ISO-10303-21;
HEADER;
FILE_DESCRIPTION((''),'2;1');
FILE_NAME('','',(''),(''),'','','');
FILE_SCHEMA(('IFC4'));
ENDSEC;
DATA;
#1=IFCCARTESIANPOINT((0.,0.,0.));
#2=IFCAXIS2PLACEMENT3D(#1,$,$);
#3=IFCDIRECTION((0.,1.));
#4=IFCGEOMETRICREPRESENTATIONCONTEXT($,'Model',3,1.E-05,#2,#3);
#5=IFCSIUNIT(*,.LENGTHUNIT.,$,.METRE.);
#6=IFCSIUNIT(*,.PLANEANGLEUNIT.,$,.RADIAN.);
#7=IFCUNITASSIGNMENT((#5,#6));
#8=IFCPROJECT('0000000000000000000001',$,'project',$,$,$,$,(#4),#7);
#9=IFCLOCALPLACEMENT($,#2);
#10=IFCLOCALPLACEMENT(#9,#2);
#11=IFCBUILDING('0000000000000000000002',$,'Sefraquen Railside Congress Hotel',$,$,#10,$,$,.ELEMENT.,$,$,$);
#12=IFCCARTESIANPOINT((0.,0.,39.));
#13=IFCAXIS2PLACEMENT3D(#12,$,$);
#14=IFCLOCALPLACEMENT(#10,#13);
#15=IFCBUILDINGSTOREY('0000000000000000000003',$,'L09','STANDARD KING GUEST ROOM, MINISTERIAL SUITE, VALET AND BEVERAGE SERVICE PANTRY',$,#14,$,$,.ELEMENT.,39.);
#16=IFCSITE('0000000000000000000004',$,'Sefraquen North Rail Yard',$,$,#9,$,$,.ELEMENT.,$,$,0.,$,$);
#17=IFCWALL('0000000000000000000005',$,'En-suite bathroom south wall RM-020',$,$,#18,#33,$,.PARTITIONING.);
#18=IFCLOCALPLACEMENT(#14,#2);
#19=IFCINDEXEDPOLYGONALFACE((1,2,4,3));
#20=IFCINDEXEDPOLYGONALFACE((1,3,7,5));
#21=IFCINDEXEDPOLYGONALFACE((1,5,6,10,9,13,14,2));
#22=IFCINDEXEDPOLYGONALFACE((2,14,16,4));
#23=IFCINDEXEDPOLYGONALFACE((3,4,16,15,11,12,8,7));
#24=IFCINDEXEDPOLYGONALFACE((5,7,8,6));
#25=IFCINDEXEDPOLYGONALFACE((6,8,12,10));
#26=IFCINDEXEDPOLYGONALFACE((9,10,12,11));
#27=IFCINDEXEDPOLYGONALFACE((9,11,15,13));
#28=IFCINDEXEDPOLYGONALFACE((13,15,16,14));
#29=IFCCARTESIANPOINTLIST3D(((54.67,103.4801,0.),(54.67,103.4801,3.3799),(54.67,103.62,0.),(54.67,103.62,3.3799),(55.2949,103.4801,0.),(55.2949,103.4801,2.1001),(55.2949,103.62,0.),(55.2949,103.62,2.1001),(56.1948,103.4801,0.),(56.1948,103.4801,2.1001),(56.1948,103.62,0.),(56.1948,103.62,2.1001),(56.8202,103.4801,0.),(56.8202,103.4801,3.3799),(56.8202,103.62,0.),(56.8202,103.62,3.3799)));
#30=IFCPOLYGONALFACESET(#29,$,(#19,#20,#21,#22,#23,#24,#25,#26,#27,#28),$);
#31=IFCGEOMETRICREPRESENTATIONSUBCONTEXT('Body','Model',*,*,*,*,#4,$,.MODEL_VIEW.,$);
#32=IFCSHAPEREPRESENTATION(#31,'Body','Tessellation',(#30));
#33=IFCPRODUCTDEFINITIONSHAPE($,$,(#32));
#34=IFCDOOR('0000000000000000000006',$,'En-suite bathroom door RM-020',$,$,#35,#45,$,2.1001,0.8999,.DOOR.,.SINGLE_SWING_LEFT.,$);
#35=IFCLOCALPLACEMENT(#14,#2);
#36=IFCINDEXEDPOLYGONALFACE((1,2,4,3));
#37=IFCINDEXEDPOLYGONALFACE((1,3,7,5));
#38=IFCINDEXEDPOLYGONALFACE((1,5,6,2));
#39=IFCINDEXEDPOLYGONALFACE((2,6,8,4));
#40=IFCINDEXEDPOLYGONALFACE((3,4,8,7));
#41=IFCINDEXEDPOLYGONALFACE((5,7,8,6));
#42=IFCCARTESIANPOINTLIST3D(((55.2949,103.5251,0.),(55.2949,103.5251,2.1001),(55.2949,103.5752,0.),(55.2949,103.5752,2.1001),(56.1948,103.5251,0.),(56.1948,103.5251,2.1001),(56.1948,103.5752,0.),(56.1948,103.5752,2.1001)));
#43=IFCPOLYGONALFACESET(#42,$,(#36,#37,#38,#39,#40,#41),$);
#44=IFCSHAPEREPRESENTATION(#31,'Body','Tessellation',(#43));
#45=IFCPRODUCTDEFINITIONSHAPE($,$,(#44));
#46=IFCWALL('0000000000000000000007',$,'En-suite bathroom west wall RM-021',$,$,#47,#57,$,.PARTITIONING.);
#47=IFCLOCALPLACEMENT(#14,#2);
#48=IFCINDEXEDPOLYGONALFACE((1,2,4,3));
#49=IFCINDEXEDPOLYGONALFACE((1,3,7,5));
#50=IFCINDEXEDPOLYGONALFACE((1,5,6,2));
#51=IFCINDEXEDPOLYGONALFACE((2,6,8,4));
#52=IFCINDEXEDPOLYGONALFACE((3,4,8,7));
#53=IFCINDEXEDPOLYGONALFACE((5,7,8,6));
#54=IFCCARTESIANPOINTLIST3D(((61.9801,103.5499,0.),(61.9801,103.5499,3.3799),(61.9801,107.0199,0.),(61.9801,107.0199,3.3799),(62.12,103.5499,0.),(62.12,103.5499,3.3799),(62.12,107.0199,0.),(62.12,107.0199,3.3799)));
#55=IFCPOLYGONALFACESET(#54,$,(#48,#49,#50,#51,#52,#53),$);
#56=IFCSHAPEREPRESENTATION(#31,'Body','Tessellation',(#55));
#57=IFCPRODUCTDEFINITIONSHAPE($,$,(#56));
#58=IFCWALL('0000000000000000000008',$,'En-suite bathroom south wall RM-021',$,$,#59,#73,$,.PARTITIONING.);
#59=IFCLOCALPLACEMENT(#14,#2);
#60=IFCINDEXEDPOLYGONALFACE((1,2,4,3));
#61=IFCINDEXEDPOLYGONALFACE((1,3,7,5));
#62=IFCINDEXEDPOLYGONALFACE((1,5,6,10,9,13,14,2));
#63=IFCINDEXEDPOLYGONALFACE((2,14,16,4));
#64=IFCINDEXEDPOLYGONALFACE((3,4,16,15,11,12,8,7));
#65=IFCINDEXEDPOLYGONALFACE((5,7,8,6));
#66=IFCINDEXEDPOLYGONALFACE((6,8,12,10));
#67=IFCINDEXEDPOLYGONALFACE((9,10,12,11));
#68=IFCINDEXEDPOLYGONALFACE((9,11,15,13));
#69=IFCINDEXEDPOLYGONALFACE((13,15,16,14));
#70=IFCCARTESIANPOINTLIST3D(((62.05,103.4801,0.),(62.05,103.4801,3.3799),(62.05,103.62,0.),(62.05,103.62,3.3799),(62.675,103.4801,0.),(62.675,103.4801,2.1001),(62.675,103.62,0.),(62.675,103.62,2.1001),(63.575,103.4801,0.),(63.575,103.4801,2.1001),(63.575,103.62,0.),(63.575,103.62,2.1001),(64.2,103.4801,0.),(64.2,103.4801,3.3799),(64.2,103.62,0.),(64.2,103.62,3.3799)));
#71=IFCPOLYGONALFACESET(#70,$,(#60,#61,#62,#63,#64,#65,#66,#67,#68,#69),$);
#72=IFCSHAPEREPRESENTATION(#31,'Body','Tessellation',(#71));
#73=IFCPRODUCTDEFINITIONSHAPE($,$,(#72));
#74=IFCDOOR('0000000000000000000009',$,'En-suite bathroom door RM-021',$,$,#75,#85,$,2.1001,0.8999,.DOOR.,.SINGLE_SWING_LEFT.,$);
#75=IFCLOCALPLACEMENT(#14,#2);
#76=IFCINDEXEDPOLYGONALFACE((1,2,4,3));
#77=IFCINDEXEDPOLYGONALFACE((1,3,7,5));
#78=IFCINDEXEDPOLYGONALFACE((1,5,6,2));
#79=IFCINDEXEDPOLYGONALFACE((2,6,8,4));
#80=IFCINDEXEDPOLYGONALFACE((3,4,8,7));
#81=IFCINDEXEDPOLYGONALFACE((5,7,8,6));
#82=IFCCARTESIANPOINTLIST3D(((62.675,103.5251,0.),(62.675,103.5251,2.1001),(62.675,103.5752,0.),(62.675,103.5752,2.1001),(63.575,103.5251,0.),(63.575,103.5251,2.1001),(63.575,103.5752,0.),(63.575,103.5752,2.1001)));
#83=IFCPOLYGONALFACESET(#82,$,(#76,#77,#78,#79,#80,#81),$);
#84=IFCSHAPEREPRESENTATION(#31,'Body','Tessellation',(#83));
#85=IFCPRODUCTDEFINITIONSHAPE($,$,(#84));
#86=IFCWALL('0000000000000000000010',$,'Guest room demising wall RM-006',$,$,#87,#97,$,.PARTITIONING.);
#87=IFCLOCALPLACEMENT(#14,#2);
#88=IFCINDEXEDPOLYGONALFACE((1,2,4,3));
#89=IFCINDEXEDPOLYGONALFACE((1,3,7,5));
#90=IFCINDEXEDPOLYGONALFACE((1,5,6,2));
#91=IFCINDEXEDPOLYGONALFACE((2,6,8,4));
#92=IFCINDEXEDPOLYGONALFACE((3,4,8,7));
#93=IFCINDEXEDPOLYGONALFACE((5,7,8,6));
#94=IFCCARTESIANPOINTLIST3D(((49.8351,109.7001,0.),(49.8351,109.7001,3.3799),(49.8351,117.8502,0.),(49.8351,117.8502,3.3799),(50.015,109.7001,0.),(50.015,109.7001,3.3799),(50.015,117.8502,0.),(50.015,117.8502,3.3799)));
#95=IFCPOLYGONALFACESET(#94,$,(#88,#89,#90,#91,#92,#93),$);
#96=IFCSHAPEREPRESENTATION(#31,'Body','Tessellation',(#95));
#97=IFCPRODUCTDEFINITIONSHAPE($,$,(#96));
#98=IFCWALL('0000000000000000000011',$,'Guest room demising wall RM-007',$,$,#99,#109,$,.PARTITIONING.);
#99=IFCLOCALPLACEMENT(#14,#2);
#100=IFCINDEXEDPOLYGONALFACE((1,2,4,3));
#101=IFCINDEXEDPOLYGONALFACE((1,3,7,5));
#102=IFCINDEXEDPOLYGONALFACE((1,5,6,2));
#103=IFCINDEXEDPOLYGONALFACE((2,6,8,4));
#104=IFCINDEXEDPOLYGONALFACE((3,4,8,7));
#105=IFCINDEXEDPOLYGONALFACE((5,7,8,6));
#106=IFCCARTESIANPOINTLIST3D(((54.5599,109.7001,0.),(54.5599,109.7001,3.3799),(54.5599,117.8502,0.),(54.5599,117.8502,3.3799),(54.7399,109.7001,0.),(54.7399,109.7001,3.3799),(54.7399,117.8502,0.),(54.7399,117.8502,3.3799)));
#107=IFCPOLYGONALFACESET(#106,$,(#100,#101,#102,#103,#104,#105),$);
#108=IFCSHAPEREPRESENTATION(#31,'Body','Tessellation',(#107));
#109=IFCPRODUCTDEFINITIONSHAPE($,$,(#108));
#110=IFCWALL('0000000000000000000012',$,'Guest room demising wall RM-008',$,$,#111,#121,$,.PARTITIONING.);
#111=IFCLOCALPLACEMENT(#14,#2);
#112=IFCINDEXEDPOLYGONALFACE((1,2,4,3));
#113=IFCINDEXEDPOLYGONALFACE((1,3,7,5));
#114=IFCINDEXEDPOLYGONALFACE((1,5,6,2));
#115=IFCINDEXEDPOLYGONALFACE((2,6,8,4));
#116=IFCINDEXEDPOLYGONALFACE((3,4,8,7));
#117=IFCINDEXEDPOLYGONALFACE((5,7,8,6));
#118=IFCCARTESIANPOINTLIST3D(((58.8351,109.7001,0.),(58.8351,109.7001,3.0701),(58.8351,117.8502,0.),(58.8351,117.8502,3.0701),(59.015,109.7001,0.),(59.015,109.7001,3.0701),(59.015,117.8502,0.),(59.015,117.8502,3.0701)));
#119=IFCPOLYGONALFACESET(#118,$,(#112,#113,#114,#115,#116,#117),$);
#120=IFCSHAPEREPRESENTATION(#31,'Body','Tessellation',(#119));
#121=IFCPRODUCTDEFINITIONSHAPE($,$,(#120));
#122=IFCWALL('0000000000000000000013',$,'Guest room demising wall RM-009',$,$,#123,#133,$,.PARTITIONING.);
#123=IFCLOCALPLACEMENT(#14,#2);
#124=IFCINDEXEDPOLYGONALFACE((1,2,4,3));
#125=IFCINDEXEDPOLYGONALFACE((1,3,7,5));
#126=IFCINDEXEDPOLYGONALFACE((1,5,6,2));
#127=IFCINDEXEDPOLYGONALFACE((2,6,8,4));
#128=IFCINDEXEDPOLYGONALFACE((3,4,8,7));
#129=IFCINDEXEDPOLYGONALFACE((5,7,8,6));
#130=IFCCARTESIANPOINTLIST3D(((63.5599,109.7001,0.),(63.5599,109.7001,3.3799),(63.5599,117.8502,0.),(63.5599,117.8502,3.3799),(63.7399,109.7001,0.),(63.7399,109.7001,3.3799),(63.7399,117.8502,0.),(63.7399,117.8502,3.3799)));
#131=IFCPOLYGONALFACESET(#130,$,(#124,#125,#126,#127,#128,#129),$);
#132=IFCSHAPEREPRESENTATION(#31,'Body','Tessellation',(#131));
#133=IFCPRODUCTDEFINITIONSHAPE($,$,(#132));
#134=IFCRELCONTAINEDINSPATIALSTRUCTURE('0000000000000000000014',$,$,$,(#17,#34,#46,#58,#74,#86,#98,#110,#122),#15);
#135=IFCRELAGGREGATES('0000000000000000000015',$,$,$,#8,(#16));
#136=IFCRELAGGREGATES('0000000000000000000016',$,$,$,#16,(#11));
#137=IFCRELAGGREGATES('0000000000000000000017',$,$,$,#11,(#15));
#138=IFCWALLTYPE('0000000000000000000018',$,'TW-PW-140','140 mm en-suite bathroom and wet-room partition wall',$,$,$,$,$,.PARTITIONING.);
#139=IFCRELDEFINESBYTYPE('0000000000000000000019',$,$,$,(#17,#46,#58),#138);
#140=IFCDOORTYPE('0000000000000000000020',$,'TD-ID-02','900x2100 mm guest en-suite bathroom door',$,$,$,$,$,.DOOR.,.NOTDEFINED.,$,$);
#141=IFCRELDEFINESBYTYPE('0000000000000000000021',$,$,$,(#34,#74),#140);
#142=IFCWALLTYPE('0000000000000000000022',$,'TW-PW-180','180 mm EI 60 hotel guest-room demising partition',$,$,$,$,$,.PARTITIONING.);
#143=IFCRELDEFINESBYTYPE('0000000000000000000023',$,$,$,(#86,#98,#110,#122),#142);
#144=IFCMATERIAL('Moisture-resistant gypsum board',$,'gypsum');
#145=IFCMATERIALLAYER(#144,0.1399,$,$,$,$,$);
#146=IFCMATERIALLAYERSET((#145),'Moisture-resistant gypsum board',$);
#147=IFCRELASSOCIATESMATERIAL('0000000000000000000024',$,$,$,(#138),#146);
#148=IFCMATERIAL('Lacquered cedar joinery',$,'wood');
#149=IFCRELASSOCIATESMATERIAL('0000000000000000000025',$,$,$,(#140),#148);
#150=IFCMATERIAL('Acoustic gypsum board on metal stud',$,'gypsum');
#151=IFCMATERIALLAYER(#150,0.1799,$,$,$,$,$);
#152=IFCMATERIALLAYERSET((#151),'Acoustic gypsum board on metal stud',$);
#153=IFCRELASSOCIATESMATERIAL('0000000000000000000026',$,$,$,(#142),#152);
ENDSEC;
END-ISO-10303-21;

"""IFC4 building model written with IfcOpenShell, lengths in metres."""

from ifc_helpers import new_model, si_unit, direction, frame, frame_2d, origin, place, context, subcontext, project, spatial, rectangle, extrude, material, layer, layer_set, type_object, element, fill, save


model = new_model("IFC4")

# Units and contexts
model_context = context("Model", 3, precision=1e-05, world=origin(), true_north=direction((0.0, 1.0)))
body_context = subcontext(model_context, "Body", "Model", "MODEL_VIEW")
ifc_project = project(units=[si_unit("LENGTHUNIT", "METRE"), si_unit("PLANEANGLEUNIT", "RADIAN")], contexts=[model_context])

# Site, building, storey
site_placement = place(None, origin())
site = spatial("IfcSite", under=ifc_project, at=site_placement, Name="Sefraquen North Rail Yard", CompositionType="ELEMENT", RefElevation=0.0)
building_placement = place(site_placement, origin())
building = spatial("IfcBuilding", under=site, at=building_placement, Name="Sefraquen Railside Congress Hotel", CompositionType="ELEMENT")
storey_placement = place(building_placement, frame((0.0, 0.0, 39.0)))
storey = spatial("IfcBuildingStorey", under=building, at=storey_placement, Name="L09", Description="STANDARD KING GUEST ROOM, MINISTERIAL SUITE, VALET AND BEVERAGE SERVICE PANTRY", CompositionType="ELEMENT", Elevation=39.0)

# Shared definitions
ifc_material_1 = material(Name="Moisture-resistant gypsum board", Category="gypsum")
ifc_layer_1 = layer(ifc_material_1, 0.1399)
ifc_layer_set_1 = layer_set([ifc_layer_1], Name="Moisture-resistant gypsum board")
wall_type_1 = type_object("IfcWallType", Name="TW-PW-140", Description="140 mm en-suite bathroom and wet-room partition wall", PredefinedType="PARTITIONING", material=ifc_layer_set_1)

# Shared definitions
ifc_material_2 = material(Name="Lacquered cedar joinery", Category="wood")
door_type = type_object("IfcDoorType", Name="TD-ID-02", Description="900x2100 mm guest en-suite bathroom door", OperationType="NOTDEFINED", PredefinedType="DOOR", material=ifc_material_2)

# Wall, opening, door
wall_1_placement = place(storey_placement, frame((54.6699, 103.55, 0.0), z_axis=(0.0, 0.0, 1.0), x_axis=(1.0, 0.0, 0.0)))
wall_1 = element("IfcWall", 1, at=wall_1_placement, inside=storey, type_object=wall_type_1, Name="En-suite bathroom south wall RM-020", PredefinedType="PARTITIONING", context=body_context, shape_type="SweptSolid", body=[
    extrude(rectangle(XDim=2.1501, YDim=0.1399, at=frame_2d((1.0752, 0.0))), origin(), (0.0, 0.0, 1.0), 3.3799),
])
opening_1_placement = place(wall_1_placement, frame((0.625, 0.0, 0.0)))
opening_1 = element("IfcOpeningElement", 2, at=opening_1_placement, cuts=wall_1, PredefinedType="OPENING", context=body_context, shape_type="SweptSolid", body=[
    extrude(rectangle(XDim=0.8999, YDim=2.1001, at=frame_2d((0.45, 1.05))), frame((0.0, 0.0798, 0.0), z_axis=(0.0, -1.0, 0.0), x_axis=(1.0, 0.0, 0.0)), (0.0, 0.0, 1.0), 0.1599),
])
door_1_placement = place(opening_1_placement, frame((0.8999, 0.0, 0.0), z_axis=(0.0, 0.0, 1.0), x_axis=(-1.0, 0.0, 0.0)))
door_1 = element("IfcDoor", 3, at=door_1_placement, inside=storey, type_object=door_type, Name="En-suite bathroom door RM-020", OperationType="SINGLE_SWING_LEFT", OverallHeight=2.1001, OverallWidth=0.8999, PredefinedType="DOOR", context=body_context, shape_type="SweptSolid", body=[
    extrude(rectangle(XDim=0.8999, YDim=2.1001, at=frame_2d((0.45, 1.05))), frame((0.0, 0.0249, 0.0), z_axis=(0.0, -1.0, 0.0), x_axis=(1.0, 0.0, 0.0)), (0.0, 0.0, 1.0), 0.05),
])
fill(opening_1, door_1)

# Wall
wall_2_placement = place(storey_placement, frame((62.05, 103.55, 0.0), z_axis=(0.0, 0.0, 1.0), x_axis=(0.0, 1.0, 0.0)))
element("IfcWall", 4, at=wall_2_placement, inside=storey, type_object=wall_type_1, Name="En-suite bathroom west wall RM-021", PredefinedType="PARTITIONING", context=body_context, shape_type="SweptSolid", body=[
    extrude(rectangle(XDim=3.47, YDim=0.1399, at=frame_2d((1.7349, 0.0))), origin(), (0.0, 0.0, 1.0), 3.3799),
])

# Wall, opening, door
wall_3_placement = place(storey_placement, frame((62.05, 103.55, 0.0), z_axis=(0.0, 0.0, 1.0), x_axis=(1.0, 0.0, 0.0)))
wall_3 = element("IfcWall", 5, at=wall_3_placement, inside=storey, type_object=wall_type_1, Name="En-suite bathroom south wall RM-021", PredefinedType="PARTITIONING", context=body_context, shape_type="SweptSolid", body=[
    extrude(rectangle(XDim=2.1499, YDim=0.1399, at=frame_2d((1.075, 0.0))), origin(), (0.0, 0.0, 1.0), 3.3799),
])
opening_2_placement = place(wall_3_placement, frame((0.625, 0.0, 0.0)))
opening_2 = element("IfcOpeningElement", 6, at=opening_2_placement, cuts=wall_3, PredefinedType="OPENING", context=body_context, shape_type="SweptSolid", body=[
    extrude(rectangle(XDim=0.8999, YDim=2.1001, at=frame_2d((0.45, 1.05))), frame((0.0, 0.0798, 0.0), z_axis=(0.0, -1.0, 0.0), x_axis=(1.0, 0.0, 0.0)), (0.0, 0.0, 1.0), 0.1599),
])
door_2_placement = place(opening_2_placement, frame((0.8999, 0.0, 0.0), z_axis=(0.0, 0.0, 1.0), x_axis=(-1.0, 0.0, 0.0)))
door_2 = element("IfcDoor", 7, at=door_2_placement, inside=storey, type_object=door_type, Name="En-suite bathroom door RM-021", OperationType="SINGLE_SWING_LEFT", OverallHeight=2.1001, OverallWidth=0.8999, PredefinedType="DOOR", context=body_context, shape_type="SweptSolid", body=[
    extrude(rectangle(XDim=0.8999, YDim=2.1001, at=frame_2d((0.45, 1.05))), frame((0.0, 0.0249, 0.0), z_axis=(0.0, -1.0, 0.0), x_axis=(1.0, 0.0, 0.0)), (0.0, 0.0, 1.0), 0.05),
])
fill(opening_2, door_2)

# Walls
ifc_material_3 = material(Name="Acoustic gypsum board on metal stud", Category="gypsum")
ifc_layer_2 = layer(ifc_material_3, 0.1799)
ifc_layer_set_2 = layer_set([ifc_layer_2], Name="Acoustic gypsum board on metal stud")
wall_type_2 = type_object("IfcWallType", Name="TW-PW-180", Description="180 mm EI 60 hotel guest-room demising partition", PredefinedType="PARTITIONING", material=ifc_layer_set_2)
for number, where, z_axis, x_axis, name in (
    (8, (49.925, 109.7, 0.0), (0.0, 0.0, 1.0), (0.0, 1.0, 0.0), "Guest room demising wall RM-006"),
    (9, (54.6499, 109.7, 0.0), (0.0, 0.0, 1.0), (0.0, 1.0, 0.0), "Guest room demising wall RM-007"),
):
    element("IfcWall", number, at=place(storey_placement, frame(where, z_axis=z_axis, x_axis=x_axis)), inside=storey, type_object=wall_type_2, Name=name, PredefinedType="PARTITIONING", context=body_context, shape_type="SweptSolid", body=[
        extrude(rectangle(XDim=8.1501, YDim=0.1799, at=frame_2d((4.0752, 0.0))), origin(), (0.0, 0.0, 1.0), 3.3799),
    ])
wall_4_placement = place(storey_placement, frame((58.925, 109.7, 0.0), z_axis=(0.0, 0.0, 1.0), x_axis=(0.0, 1.0, 0.0)))
element("IfcWall", 10, at=wall_4_placement, inside=storey, type_object=wall_type_2, Name="Guest room demising wall RM-008", PredefinedType="PARTITIONING", context=body_context, shape_type="SweptSolid", body=[
    extrude(rectangle(XDim=8.1501, YDim=0.1799, at=frame_2d((4.0752, 0.0))), origin(), (0.0, 0.0, 1.0), 3.0701),
])
wall_5_placement = place(storey_placement, frame((63.6499, 109.7, 0.0), z_axis=(0.0, 0.0, 1.0), x_axis=(0.0, 1.0, 0.0)))
element("IfcWall", 11, at=wall_5_placement, inside=storey, type_object=wall_type_2, Name="Guest room demising wall RM-009", PredefinedType="PARTITIONING", context=body_context, shape_type="SweptSolid", body=[
    extrude(rectangle(XDim=8.1501, YDim=0.1799, at=frame_2d((4.0752, 0.0))), origin(), (0.0, 0.0, 1.0), 3.3799),
])

save(model, "model.ifc")
